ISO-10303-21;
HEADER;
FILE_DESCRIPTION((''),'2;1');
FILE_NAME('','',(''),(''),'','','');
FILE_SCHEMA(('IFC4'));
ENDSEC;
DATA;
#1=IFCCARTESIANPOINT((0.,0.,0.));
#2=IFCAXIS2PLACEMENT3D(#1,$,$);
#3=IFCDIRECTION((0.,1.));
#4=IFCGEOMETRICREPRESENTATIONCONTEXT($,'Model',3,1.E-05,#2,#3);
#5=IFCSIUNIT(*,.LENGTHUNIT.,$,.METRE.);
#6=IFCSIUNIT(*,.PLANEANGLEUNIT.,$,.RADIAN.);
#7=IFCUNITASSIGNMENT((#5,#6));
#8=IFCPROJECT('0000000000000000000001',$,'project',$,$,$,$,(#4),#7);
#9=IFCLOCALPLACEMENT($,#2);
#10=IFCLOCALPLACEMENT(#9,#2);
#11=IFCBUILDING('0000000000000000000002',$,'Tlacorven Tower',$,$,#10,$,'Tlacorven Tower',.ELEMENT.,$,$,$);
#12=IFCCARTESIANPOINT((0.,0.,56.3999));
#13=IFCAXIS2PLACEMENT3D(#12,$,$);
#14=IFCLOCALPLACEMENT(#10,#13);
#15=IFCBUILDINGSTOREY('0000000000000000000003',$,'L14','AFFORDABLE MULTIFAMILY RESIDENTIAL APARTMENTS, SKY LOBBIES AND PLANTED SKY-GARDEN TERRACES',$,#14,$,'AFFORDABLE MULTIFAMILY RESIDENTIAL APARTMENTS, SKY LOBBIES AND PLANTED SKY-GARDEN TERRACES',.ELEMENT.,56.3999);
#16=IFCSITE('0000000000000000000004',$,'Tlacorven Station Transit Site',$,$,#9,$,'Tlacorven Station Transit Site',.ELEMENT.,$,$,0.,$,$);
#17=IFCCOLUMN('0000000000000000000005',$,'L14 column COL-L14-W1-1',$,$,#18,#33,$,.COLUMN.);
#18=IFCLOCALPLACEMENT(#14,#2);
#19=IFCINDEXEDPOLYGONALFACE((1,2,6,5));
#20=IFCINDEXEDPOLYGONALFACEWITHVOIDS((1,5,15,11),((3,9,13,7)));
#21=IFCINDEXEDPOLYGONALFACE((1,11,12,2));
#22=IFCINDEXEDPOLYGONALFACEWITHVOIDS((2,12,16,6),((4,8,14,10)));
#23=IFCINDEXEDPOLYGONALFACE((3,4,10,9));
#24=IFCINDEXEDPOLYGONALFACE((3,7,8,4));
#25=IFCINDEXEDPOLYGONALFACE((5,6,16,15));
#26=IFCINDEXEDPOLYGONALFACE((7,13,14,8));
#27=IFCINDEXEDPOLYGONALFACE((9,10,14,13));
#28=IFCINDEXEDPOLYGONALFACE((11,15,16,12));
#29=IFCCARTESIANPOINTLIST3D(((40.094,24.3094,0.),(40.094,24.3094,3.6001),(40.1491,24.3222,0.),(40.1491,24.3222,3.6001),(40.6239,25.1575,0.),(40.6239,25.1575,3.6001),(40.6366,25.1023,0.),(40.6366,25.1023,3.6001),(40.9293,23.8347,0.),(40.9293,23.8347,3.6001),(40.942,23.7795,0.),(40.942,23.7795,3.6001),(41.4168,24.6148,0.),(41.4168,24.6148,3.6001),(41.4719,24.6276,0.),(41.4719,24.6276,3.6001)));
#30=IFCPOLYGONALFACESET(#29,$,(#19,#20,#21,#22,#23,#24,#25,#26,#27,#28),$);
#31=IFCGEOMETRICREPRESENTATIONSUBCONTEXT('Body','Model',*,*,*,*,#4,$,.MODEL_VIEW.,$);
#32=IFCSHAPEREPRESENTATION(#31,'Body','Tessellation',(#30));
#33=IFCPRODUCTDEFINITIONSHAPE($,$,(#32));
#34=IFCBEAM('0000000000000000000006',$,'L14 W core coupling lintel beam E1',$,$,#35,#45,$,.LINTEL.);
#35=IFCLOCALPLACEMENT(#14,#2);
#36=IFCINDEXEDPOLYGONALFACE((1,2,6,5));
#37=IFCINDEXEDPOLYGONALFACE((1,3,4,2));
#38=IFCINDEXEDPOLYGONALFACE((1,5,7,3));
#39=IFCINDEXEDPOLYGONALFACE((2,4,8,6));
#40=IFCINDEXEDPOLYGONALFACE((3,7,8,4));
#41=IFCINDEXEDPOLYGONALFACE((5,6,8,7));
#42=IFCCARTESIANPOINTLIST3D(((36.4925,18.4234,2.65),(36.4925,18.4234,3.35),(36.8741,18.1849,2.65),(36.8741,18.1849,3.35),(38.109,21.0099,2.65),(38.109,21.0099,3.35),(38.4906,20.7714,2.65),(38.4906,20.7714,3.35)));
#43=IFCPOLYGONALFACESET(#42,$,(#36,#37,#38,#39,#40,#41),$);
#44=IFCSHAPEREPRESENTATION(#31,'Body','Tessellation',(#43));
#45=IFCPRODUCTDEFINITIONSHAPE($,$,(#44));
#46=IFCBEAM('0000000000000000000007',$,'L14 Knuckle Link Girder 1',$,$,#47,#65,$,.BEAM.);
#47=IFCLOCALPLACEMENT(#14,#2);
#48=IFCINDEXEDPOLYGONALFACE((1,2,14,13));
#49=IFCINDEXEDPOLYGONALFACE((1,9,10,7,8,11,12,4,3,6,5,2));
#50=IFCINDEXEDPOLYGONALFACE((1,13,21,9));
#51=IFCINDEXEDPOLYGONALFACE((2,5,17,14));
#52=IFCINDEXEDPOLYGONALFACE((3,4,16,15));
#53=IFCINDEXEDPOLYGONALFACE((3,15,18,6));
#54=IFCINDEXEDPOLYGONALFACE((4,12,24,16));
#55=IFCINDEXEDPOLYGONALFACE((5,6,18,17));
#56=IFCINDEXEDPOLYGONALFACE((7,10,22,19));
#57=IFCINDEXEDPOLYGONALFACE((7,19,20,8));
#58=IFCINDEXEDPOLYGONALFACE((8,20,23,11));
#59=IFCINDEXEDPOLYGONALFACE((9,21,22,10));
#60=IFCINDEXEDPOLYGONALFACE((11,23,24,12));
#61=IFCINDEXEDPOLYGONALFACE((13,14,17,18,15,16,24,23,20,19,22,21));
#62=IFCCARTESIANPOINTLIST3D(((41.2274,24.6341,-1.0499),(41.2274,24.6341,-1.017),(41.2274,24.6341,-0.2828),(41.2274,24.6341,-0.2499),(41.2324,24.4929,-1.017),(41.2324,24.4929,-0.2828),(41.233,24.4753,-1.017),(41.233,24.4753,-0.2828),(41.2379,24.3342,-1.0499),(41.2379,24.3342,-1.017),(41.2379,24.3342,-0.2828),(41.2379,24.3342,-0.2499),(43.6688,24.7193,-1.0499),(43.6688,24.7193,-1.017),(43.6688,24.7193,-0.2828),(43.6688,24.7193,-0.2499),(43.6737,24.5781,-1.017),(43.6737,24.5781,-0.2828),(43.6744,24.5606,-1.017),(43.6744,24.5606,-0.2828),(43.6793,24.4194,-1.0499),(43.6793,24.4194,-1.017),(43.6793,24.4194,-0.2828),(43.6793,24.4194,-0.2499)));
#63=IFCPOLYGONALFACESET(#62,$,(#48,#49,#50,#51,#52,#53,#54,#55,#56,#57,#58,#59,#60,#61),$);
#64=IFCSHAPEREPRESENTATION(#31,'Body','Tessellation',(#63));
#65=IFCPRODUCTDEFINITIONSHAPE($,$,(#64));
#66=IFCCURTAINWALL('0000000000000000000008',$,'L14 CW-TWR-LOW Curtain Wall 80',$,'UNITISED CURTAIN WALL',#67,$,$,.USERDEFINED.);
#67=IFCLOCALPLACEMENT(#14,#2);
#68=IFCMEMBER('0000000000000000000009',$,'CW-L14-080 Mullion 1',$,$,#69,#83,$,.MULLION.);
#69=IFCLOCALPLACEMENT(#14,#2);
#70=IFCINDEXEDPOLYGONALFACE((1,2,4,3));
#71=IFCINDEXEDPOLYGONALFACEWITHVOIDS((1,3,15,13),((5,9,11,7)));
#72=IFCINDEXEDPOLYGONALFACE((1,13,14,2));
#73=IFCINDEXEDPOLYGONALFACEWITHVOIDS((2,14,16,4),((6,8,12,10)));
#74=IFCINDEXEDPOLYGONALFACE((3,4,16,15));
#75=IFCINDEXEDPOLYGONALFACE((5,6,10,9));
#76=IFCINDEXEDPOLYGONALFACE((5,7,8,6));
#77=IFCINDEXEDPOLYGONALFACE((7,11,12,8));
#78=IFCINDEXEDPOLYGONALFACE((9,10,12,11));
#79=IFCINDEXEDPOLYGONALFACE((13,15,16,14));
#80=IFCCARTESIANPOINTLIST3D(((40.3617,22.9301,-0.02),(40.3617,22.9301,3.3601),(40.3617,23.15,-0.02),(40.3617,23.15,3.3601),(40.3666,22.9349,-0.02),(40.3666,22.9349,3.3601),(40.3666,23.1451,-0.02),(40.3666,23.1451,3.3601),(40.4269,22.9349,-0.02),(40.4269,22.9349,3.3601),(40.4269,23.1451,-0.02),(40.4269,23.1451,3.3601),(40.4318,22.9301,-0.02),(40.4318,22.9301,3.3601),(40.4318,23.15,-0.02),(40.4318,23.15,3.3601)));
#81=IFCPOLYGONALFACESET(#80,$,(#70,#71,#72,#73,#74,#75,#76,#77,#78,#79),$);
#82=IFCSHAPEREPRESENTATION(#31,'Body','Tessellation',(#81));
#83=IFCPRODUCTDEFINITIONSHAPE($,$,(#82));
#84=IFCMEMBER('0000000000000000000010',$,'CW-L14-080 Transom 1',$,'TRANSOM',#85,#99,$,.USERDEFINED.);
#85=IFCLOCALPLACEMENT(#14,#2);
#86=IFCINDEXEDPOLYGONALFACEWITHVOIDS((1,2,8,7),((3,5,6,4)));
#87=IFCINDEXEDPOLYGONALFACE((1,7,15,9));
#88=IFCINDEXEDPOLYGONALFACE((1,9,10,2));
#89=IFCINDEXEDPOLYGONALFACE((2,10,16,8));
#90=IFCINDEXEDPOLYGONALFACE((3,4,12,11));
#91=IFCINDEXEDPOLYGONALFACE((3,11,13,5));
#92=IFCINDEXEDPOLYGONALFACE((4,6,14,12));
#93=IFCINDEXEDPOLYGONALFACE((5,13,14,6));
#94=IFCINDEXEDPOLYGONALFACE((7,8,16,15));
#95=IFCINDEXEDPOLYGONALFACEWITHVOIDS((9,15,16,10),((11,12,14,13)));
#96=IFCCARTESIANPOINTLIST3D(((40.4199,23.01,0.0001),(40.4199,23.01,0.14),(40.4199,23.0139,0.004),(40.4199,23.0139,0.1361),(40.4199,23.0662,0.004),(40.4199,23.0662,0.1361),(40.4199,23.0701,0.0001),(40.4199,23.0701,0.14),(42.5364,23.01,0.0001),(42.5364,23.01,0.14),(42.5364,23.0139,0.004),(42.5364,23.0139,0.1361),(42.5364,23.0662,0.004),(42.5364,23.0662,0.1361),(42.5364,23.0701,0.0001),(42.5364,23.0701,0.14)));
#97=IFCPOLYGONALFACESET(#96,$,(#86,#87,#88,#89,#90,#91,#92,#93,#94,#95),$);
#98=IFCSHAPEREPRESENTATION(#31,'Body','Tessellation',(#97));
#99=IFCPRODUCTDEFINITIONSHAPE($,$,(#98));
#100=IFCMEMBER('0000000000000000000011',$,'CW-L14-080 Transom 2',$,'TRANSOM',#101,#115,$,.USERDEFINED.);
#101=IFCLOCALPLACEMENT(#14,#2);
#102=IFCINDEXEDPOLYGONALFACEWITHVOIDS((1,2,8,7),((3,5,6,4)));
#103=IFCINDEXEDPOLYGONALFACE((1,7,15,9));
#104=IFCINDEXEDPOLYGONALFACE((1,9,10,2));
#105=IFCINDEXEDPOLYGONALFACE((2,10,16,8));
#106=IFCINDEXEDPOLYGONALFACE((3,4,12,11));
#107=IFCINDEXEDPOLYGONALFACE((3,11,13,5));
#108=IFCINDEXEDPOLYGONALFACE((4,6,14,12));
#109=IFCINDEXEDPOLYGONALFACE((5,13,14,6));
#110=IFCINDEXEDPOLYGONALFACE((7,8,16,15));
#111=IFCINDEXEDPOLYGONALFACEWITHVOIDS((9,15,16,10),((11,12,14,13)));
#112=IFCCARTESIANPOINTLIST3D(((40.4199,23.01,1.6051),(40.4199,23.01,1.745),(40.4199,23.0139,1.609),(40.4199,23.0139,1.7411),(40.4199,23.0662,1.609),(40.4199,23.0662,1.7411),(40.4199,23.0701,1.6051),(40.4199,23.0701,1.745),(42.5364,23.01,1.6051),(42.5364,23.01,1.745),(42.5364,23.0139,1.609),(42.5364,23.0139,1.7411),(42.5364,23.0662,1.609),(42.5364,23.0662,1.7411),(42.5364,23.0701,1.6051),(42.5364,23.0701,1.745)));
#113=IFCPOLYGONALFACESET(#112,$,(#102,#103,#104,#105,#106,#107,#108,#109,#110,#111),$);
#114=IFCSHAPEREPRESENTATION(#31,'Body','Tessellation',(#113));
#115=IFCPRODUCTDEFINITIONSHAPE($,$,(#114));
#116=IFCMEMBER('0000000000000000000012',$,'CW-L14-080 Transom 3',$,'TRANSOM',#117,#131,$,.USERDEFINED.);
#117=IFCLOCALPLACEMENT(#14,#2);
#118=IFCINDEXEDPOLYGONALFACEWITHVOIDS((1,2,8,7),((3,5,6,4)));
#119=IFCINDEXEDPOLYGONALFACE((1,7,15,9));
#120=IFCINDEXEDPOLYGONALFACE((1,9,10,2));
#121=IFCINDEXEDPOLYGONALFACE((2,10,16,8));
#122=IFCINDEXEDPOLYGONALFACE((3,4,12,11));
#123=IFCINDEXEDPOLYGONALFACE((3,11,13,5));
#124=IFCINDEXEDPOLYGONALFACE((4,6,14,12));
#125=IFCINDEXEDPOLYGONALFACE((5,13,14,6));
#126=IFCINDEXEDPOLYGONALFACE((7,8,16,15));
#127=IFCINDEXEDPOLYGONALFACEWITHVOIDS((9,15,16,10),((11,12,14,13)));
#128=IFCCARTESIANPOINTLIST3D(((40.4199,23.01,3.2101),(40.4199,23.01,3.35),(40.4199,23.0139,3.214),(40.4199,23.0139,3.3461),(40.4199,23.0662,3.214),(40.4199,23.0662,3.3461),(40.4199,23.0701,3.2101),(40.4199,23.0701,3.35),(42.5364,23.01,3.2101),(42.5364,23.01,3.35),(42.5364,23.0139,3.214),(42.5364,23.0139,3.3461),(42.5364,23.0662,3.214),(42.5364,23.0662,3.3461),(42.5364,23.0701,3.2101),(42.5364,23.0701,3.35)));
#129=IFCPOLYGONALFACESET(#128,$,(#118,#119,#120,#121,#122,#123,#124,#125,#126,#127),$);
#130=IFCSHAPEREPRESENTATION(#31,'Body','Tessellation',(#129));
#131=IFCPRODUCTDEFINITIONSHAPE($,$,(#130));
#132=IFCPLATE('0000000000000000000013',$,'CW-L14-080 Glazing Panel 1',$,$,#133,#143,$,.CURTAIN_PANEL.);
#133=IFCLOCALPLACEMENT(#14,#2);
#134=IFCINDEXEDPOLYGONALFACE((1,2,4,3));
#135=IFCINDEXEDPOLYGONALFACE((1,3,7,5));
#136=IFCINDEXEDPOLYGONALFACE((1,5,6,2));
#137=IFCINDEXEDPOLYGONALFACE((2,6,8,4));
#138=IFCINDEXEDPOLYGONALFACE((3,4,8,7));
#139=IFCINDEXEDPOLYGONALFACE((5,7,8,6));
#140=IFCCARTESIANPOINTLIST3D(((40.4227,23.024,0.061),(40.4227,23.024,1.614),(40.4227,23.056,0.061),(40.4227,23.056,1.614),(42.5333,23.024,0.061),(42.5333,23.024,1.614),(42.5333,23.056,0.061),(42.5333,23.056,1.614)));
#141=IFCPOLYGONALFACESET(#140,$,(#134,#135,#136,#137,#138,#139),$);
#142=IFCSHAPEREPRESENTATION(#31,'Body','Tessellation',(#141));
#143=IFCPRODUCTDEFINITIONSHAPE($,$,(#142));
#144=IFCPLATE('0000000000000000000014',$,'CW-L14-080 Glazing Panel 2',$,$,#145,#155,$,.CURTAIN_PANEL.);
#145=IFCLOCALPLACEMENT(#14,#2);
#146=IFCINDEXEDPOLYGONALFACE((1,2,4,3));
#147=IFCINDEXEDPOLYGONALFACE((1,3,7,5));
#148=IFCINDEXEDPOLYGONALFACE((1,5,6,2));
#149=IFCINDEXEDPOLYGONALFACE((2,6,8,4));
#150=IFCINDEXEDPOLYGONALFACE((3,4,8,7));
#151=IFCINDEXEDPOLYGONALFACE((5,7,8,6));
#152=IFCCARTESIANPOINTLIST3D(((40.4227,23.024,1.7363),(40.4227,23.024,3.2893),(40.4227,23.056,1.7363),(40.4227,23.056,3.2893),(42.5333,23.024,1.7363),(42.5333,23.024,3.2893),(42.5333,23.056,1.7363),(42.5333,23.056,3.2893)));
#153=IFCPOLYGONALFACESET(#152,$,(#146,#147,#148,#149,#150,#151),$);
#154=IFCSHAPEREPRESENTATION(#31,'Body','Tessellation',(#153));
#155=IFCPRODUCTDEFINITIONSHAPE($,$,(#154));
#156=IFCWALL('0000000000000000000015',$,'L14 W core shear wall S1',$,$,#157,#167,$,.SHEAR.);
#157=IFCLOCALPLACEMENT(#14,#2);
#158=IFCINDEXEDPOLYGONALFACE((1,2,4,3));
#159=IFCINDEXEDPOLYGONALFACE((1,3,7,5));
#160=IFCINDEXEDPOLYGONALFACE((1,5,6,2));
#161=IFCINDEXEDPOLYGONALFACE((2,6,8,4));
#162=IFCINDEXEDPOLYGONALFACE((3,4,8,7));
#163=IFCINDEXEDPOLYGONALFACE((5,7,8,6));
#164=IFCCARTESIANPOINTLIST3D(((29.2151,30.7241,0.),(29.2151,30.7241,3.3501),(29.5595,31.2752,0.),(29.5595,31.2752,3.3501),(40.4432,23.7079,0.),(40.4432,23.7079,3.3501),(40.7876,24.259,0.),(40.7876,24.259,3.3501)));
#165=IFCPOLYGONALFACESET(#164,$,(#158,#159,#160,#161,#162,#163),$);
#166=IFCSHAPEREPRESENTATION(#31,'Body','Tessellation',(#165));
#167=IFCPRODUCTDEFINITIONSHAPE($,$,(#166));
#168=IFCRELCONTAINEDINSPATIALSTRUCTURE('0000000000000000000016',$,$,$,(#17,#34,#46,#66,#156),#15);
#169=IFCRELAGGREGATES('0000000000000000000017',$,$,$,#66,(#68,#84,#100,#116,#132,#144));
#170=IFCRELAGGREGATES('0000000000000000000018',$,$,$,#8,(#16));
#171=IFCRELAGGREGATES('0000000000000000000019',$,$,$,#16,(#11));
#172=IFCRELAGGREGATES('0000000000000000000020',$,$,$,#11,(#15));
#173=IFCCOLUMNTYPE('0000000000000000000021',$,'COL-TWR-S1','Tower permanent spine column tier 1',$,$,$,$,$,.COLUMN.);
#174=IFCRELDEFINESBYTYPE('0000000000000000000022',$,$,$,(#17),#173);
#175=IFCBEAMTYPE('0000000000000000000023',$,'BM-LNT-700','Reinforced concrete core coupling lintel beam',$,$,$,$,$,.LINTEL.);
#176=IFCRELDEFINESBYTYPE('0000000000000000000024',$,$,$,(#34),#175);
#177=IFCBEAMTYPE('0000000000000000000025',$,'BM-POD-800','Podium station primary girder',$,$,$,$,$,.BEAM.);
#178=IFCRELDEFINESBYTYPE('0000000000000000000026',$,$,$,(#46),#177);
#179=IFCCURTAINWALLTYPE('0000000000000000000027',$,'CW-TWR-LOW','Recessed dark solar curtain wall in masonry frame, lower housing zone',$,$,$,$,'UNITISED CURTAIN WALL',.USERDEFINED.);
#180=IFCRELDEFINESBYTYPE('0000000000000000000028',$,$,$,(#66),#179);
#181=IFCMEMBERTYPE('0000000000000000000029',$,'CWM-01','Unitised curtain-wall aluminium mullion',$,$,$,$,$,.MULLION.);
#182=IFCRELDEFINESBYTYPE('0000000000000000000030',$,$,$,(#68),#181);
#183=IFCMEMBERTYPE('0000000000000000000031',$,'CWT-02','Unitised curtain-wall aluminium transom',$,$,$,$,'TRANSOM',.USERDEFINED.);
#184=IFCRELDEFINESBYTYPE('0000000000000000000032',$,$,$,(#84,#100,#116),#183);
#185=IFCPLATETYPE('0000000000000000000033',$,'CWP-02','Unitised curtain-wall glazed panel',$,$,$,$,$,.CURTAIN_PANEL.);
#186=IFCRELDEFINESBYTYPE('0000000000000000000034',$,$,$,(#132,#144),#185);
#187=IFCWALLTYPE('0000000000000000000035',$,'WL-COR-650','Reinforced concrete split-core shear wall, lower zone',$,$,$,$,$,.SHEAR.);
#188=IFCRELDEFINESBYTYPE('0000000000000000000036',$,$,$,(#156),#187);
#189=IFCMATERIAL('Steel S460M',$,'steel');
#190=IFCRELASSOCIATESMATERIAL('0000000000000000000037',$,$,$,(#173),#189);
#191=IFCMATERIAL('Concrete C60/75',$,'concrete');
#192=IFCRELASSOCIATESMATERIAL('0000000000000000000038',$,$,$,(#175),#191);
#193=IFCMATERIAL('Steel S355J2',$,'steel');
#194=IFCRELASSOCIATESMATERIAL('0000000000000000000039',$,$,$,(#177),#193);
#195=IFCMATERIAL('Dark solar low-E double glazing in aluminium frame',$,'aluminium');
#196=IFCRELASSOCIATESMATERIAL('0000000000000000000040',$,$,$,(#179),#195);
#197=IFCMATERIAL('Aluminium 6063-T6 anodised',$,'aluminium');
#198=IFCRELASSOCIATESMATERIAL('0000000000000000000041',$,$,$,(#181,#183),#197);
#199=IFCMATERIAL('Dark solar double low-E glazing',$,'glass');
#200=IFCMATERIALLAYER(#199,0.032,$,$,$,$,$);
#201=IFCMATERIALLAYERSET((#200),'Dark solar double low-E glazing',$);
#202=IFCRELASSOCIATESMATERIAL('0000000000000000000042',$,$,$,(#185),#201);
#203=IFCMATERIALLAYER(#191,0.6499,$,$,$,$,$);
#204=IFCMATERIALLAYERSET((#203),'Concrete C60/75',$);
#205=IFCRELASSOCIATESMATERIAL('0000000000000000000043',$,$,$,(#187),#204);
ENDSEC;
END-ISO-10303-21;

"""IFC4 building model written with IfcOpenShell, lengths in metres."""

from ifc_helpers import new_model, si_unit, direction, frame, frame_2d, origin, origin_2d, place, context, subcontext, project, spatial, rectangle, hollow_rectangle, i_section, extrude, source, transform, mapped, material, layer, layer_set, material_profile, profile_set, type_object, element, aggregate, save


model = new_model("IFC4")

# Units and contexts
model_context = context("Model", 3, precision=1e-05, world=origin(), true_north=direction((0.0, 1.0)))
body_context = subcontext(model_context, "Body", "Model", "MODEL_VIEW")
ifc_project = project(units=[si_unit("LENGTHUNIT", "METRE"), si_unit("PLANEANGLEUNIT", "RADIAN")], contexts=[model_context])

# Site, building, storey
site_placement = place(None, origin())
site = spatial("IfcSite", under=ifc_project, at=site_placement, Name="Tlacorven Station Transit Site", LongName="Tlacorven Station Transit Site", CompositionType="ELEMENT", RefElevation=0.0)
building_placement = place(site_placement, origin())
building = spatial("IfcBuilding", under=site, at=building_placement, Name="Tlacorven Tower", LongName="Tlacorven Tower", CompositionType="ELEMENT")
storey_placement = place(building_placement, frame((0.0, 0.0, 56.3999)))
storey = spatial("IfcBuildingStorey", under=building, at=storey_placement, Name="L14", Description="AFFORDABLE MULTIFAMILY RESIDENTIAL APARTMENTS, SKY LOBBIES AND PLANTED SKY-GARDEN TERRACES", LongName="AFFORDABLE MULTIFAMILY RESIDENTIAL APARTMENTS, SKY LOBBIES AND PLANTED SKY-GARDEN TERRACES", CompositionType="ELEMENT", Elevation=56.3999)

# Column
ifc_material_1 = material(Name="Steel S460M", Category="steel")
ifc_material_profile_1 = material_profile(ifc_material_1, hollow_rectangle(XDim=1.0, YDim=1.0, WallThickness=0.04, at=origin_2d()), Name="BOX 1000X1000X40")
ifc_profile_set_1 = profile_set([ifc_material_profile_1], Name="Steel S460M")
column_type = type_object("IfcColumnType", Name="COL-TWR-S1", Description="Tower permanent spine column tier 1", PredefinedType="COLUMN", material=ifc_profile_set_1)
shared_shape_1 = source(origin(), body_context, "Body", "SweptSolid", [
    extrude(hollow_rectangle(XDim=1.0, YDim=1.0, WallThickness=0.04, at=origin_2d()), origin(), (0.0, 0.0, 1.0), 3.6001),
])
column_placement = place(storey_placement, frame((40.783, 24.4685, 0.0), z_axis=(0.0, 0.0, 1.0), x_axis=(-0.848048, 0.529919, 0.0)))
element("IfcColumn", 1, at=column_placement, inside=storey, type_object=column_type, Name="L14 column COL-L14-W1-1", PredefinedType="COLUMN", context=body_context, shape_type="MappedRepresentation", body=[
    mapped(shared_shape_1, transform((0.0, 0.0, 0.0), scale=1.0)),
])

# Beams
ifc_material_2 = material(Name="Concrete C60/75", Category="concrete")
ifc_material_profile_2 = material_profile(ifc_material_2, rectangle(XDim=0.45, YDim=0.7, at=origin_2d()), Name="RC 450X700")
ifc_profile_set_2 = profile_set([ifc_material_profile_2], Name="Concrete C60/75")
beam_type_1 = type_object("IfcBeamType", Name="BM-LNT-700", Description="Reinforced concrete core coupling lintel beam", PredefinedType="LINTEL", material=ifc_profile_set_2)
shared_shape_2 = source(origin(), body_context, "Body", "SweptSolid", [
    extrude(rectangle(XDim=0.45, YDim=0.7, at=origin_2d()), origin(), (0.0, 0.0, 1.0), 3.05),
])
beam_1_placement = place(storey_placement, frame((38.2998, 20.8906, 3.0), z_axis=(-0.529985, -0.848007, 0.0), x_axis=(0.848007, -0.529985, 0.0)))
element("IfcBeam", 2, at=beam_1_placement, inside=storey, type_object=beam_type_1, Name="L14 W core coupling lintel beam E1", PredefinedType="LINTEL", context=body_context, shape_type="MappedRepresentation", body=[
    mapped(shared_shape_2, transform((0.0, 0.0, 0.0), scale=1.0)),
])
ifc_material_3 = material(Name="Steel S355J2", Category="steel")
ifc_material_profile_3 = material_profile(ifc_material_3, i_section(OverallWidth=0.3, OverallDepth=0.8, WebThickness=0.0176, FlangeThickness=0.033, at=origin_2d()), Name="HEB 800")
ifc_profile_set_3 = profile_set([ifc_material_profile_3], Name="Steel S355J2")
beam_type_2 = type_object("IfcBeamType", Name="BM-POD-800", Description="Podium station primary girder", PredefinedType="BEAM", material=ifc_profile_set_3)
shared_shape_3 = source(origin(), body_context, "Body", "SweptSolid", [
    extrude(i_section(OverallWidth=0.3, OverallDepth=0.8, WebThickness=0.0176, FlangeThickness=0.033, at=origin_2d()), origin(), (0.0, 0.0, 1.0), 2.4429),
])
beam_2_placement = place(storey_placement, frame((41.2327, 24.4841, -0.6499), z_axis=(0.999392, 0.034879, 0.0), x_axis=(-0.034879, 0.999392, 0.0)))
element("IfcBeam", 3, at=beam_2_placement, inside=storey, type_object=beam_type_2, Name="L14 Knuckle Link Girder 1", PredefinedType="BEAM", context=body_context, shape_type="MappedRepresentation", body=[
    mapped(shared_shape_3, transform((0.0, 0.0, 0.0), scale=1.0)),
])

# Curtain wall, members, plates
ifc_material_4 = material(Name="Dark solar low-E double glazing in aluminium frame", Category="aluminium")
curtain_wall_type = type_object("IfcCurtainWallType", Name="CW-TWR-LOW", Description="Recessed dark solar curtain wall in masonry frame, lower housing zone", ElementType="UNITISED CURTAIN WALL", PredefinedType="USERDEFINED", material=ifc_material_4)
curtain_wall_placement = place(storey_placement, origin())
curtain_wall = element("IfcCurtainWall", 4, at=curtain_wall_placement, inside=storey, type_object=curtain_wall_type, Name="L14 CW-TWR-LOW Curtain Wall 80", ObjectType="UNITISED CURTAIN WALL", PredefinedType="USERDEFINED")
ifc_material_5 = material(Name="Aluminium 6063-T6 anodised", Category="aluminium")
ifc_material_profile_4 = material_profile(ifc_material_5, hollow_rectangle(XDim=0.0701, YDim=0.22, WallThickness=0.0049, at=origin_2d()), Name="ALU MULLION 70X220")
ifc_profile_set_4 = profile_set([ifc_material_profile_4], Name="Aluminium 6063-T6 anodised")
member_type_1 = type_object("IfcMemberType", Name="CWM-01", Description="Unitised curtain-wall aluminium mullion", PredefinedType="MULLION", material=ifc_profile_set_4)
shared_shape_4 = source(origin(), body_context, "Body", "SweptSolid", [
    extrude(hollow_rectangle(XDim=0.0701, YDim=0.22, WallThickness=0.0049, at=origin_2d()), origin(), (0.0, 0.0, 1.0), 3.3801),
])
member_1_placement = place(storey_placement, frame((40.3967, 23.04, -0.02), z_axis=(0.0, 0.0, 1.0), x_axis=(1.0, 0.0, 0.0)))
member_1 = element("IfcMember", 5, at=member_1_placement, type_object=member_type_1, Name="CW-L14-080 Mullion 1", PredefinedType="MULLION", context=body_context, shape_type="MappedRepresentation", body=[
    mapped(shared_shape_4, transform((0.0, 0.0, 0.0), scale=1.0)),
])
ifc_material_profile_5 = material_profile(ifc_material_5, hollow_rectangle(XDim=0.0601, YDim=0.1399, WallThickness=0.0039, at=origin_2d()), Name="ALU TRANSOM 60X140")
ifc_profile_set_5 = profile_set([ifc_material_profile_5], Name="Aluminium 6063-T6 anodised")
member_type_2 = type_object("IfcMemberType", Name="CWT-02", Description="Unitised curtain-wall aluminium transom", ElementType="TRANSOM", PredefinedType="USERDEFINED", material=ifc_profile_set_5)
shared_shape_5 = source(origin(), body_context, "Body", "SweptSolid", [
    extrude(hollow_rectangle(XDim=0.0601, YDim=0.1399, WallThickness=0.0039, at=origin_2d()), origin(), (0.0, 0.0, 1.0), 2.1165),
])
member_2_placement = place(storey_placement, frame((40.4199, 23.04, 0.0701), z_axis=(1.0, 0.0, 0.0), x_axis=(0.0, 1.0, 0.0)))
member_2 = element("IfcMember", 6, at=member_2_placement, type_object=member_type_2, Name="CW-L14-080 Transom 1", ObjectType="TRANSOM", PredefinedType="USERDEFINED", context=body_context, shape_type="MappedRepresentation", body=[
    mapped(shared_shape_5, transform((0.0, 0.0, 0.0), scale=1.0)),
])
member_3_placement = place(storey_placement, frame((40.4199, 23.04, 1.675), z_axis=(1.0, 0.0, 0.0), x_axis=(0.0, 1.0, 0.0)))
member_3 = element("IfcMember", 7, at=member_3_placement, type_object=member_type_2, Name="CW-L14-080 Transom 2", ObjectType="TRANSOM", PredefinedType="USERDEFINED", context=body_context, shape_type="MappedRepresentation", body=[
    mapped(shared_shape_5, transform((0.0, 0.0, 0.0), scale=1.0)),
])
member_4_placement = place(storey_placement, frame((40.4199, 23.04, 3.28), z_axis=(1.0, 0.0, 0.0), x_axis=(0.0, 1.0, 0.0)))
member_4 = element("IfcMember", 8, at=member_4_placement, type_object=member_type_2, Name="CW-L14-080 Transom 3", ObjectType="TRANSOM", PredefinedType="USERDEFINED", context=body_context, shape_type="MappedRepresentation", body=[
    mapped(shared_shape_5, transform((0.0, 0.0, 0.0), scale=1.0)),
])
ifc_material_6 = material(Name="Dark solar double low-E glazing", Category="glass")
ifc_layer_1 = layer(ifc_material_6, 0.032)
ifc_layer_set_1 = layer_set([ifc_layer_1], Name="Dark solar double low-E glazing")
plate_type = type_object("IfcPlateType", Name="CWP-02", Description="Unitised curtain-wall glazed panel", PredefinedType="CURTAIN_PANEL", material=ifc_layer_set_1)
shared_shape_6 = source(origin(), body_context, "Body", "SweptSolid", [
    extrude(rectangle(XDim=2.1106, YDim=0.032, at=origin_2d()), origin(), (0.0, 0.0, 1.0), 1.553),
])
plate_1_placement = place(storey_placement, frame((41.478, 23.04, 0.061), z_axis=(0.0, 0.0, 1.0), x_axis=(1.0, 0.0, 0.0)))
plate_1 = element("IfcPlate", 9, at=plate_1_placement, type_object=plate_type, Name="CW-L14-080 Glazing Panel 1", PredefinedType="CURTAIN_PANEL", context=body_context, shape_type="MappedRepresentation", body=[
    mapped(shared_shape_6, transform((0.0, 0.0, 0.0), scale=1.0)),
])
plate_2_placement = place(storey_placement, frame((41.478, 23.04, 1.7363), z_axis=(0.0, 0.0, 1.0), x_axis=(1.0, 0.0, 0.0)))
plate_2 = element("IfcPlate", 10, at=plate_2_placement, type_object=plate_type, Name="CW-L14-080 Glazing Panel 2", PredefinedType="CURTAIN_PANEL", context=body_context, shape_type="MappedRepresentation", body=[
    mapped(shared_shape_6, transform((0.0, 0.0, 0.0), scale=1.0)),
])
aggregate(curtain_wall, [member_1, member_2, member_3, member_4, plate_1, plate_2])

# Wall
ifc_layer_2 = layer(ifc_material_2, 0.6499)
ifc_layer_set_2 = layer_set([ifc_layer_2], Name="Concrete C60/75")
wall_type_1 = type_object("IfcWallType", Name="WL-COR-650", Description="Reinforced concrete split-core shear wall, lower zone", PredefinedType="SHEAR", material=ifc_layer_set_2)
wall_1_placement = place(storey_placement, frame((40.6155, 23.9834, 0.0), z_axis=(0.0, 0.0, 1.0), x_axis=(-0.848046, 0.529923, 0.0)))
element("IfcWall", 11, at=wall_1_placement, inside=storey, type_object=wall_type_1, Name="L14 W core shear wall S1", PredefinedType="SHEAR", context=body_context, shape_type="SweptSolid", body=[
    extrude(rectangle(XDim=13.24, YDim=0.6499, at=frame_2d((6.6201, 0.0))), origin(), (0.0, 0.0, 1.0), 3.3501),
])

save(model, "model.ifc")
